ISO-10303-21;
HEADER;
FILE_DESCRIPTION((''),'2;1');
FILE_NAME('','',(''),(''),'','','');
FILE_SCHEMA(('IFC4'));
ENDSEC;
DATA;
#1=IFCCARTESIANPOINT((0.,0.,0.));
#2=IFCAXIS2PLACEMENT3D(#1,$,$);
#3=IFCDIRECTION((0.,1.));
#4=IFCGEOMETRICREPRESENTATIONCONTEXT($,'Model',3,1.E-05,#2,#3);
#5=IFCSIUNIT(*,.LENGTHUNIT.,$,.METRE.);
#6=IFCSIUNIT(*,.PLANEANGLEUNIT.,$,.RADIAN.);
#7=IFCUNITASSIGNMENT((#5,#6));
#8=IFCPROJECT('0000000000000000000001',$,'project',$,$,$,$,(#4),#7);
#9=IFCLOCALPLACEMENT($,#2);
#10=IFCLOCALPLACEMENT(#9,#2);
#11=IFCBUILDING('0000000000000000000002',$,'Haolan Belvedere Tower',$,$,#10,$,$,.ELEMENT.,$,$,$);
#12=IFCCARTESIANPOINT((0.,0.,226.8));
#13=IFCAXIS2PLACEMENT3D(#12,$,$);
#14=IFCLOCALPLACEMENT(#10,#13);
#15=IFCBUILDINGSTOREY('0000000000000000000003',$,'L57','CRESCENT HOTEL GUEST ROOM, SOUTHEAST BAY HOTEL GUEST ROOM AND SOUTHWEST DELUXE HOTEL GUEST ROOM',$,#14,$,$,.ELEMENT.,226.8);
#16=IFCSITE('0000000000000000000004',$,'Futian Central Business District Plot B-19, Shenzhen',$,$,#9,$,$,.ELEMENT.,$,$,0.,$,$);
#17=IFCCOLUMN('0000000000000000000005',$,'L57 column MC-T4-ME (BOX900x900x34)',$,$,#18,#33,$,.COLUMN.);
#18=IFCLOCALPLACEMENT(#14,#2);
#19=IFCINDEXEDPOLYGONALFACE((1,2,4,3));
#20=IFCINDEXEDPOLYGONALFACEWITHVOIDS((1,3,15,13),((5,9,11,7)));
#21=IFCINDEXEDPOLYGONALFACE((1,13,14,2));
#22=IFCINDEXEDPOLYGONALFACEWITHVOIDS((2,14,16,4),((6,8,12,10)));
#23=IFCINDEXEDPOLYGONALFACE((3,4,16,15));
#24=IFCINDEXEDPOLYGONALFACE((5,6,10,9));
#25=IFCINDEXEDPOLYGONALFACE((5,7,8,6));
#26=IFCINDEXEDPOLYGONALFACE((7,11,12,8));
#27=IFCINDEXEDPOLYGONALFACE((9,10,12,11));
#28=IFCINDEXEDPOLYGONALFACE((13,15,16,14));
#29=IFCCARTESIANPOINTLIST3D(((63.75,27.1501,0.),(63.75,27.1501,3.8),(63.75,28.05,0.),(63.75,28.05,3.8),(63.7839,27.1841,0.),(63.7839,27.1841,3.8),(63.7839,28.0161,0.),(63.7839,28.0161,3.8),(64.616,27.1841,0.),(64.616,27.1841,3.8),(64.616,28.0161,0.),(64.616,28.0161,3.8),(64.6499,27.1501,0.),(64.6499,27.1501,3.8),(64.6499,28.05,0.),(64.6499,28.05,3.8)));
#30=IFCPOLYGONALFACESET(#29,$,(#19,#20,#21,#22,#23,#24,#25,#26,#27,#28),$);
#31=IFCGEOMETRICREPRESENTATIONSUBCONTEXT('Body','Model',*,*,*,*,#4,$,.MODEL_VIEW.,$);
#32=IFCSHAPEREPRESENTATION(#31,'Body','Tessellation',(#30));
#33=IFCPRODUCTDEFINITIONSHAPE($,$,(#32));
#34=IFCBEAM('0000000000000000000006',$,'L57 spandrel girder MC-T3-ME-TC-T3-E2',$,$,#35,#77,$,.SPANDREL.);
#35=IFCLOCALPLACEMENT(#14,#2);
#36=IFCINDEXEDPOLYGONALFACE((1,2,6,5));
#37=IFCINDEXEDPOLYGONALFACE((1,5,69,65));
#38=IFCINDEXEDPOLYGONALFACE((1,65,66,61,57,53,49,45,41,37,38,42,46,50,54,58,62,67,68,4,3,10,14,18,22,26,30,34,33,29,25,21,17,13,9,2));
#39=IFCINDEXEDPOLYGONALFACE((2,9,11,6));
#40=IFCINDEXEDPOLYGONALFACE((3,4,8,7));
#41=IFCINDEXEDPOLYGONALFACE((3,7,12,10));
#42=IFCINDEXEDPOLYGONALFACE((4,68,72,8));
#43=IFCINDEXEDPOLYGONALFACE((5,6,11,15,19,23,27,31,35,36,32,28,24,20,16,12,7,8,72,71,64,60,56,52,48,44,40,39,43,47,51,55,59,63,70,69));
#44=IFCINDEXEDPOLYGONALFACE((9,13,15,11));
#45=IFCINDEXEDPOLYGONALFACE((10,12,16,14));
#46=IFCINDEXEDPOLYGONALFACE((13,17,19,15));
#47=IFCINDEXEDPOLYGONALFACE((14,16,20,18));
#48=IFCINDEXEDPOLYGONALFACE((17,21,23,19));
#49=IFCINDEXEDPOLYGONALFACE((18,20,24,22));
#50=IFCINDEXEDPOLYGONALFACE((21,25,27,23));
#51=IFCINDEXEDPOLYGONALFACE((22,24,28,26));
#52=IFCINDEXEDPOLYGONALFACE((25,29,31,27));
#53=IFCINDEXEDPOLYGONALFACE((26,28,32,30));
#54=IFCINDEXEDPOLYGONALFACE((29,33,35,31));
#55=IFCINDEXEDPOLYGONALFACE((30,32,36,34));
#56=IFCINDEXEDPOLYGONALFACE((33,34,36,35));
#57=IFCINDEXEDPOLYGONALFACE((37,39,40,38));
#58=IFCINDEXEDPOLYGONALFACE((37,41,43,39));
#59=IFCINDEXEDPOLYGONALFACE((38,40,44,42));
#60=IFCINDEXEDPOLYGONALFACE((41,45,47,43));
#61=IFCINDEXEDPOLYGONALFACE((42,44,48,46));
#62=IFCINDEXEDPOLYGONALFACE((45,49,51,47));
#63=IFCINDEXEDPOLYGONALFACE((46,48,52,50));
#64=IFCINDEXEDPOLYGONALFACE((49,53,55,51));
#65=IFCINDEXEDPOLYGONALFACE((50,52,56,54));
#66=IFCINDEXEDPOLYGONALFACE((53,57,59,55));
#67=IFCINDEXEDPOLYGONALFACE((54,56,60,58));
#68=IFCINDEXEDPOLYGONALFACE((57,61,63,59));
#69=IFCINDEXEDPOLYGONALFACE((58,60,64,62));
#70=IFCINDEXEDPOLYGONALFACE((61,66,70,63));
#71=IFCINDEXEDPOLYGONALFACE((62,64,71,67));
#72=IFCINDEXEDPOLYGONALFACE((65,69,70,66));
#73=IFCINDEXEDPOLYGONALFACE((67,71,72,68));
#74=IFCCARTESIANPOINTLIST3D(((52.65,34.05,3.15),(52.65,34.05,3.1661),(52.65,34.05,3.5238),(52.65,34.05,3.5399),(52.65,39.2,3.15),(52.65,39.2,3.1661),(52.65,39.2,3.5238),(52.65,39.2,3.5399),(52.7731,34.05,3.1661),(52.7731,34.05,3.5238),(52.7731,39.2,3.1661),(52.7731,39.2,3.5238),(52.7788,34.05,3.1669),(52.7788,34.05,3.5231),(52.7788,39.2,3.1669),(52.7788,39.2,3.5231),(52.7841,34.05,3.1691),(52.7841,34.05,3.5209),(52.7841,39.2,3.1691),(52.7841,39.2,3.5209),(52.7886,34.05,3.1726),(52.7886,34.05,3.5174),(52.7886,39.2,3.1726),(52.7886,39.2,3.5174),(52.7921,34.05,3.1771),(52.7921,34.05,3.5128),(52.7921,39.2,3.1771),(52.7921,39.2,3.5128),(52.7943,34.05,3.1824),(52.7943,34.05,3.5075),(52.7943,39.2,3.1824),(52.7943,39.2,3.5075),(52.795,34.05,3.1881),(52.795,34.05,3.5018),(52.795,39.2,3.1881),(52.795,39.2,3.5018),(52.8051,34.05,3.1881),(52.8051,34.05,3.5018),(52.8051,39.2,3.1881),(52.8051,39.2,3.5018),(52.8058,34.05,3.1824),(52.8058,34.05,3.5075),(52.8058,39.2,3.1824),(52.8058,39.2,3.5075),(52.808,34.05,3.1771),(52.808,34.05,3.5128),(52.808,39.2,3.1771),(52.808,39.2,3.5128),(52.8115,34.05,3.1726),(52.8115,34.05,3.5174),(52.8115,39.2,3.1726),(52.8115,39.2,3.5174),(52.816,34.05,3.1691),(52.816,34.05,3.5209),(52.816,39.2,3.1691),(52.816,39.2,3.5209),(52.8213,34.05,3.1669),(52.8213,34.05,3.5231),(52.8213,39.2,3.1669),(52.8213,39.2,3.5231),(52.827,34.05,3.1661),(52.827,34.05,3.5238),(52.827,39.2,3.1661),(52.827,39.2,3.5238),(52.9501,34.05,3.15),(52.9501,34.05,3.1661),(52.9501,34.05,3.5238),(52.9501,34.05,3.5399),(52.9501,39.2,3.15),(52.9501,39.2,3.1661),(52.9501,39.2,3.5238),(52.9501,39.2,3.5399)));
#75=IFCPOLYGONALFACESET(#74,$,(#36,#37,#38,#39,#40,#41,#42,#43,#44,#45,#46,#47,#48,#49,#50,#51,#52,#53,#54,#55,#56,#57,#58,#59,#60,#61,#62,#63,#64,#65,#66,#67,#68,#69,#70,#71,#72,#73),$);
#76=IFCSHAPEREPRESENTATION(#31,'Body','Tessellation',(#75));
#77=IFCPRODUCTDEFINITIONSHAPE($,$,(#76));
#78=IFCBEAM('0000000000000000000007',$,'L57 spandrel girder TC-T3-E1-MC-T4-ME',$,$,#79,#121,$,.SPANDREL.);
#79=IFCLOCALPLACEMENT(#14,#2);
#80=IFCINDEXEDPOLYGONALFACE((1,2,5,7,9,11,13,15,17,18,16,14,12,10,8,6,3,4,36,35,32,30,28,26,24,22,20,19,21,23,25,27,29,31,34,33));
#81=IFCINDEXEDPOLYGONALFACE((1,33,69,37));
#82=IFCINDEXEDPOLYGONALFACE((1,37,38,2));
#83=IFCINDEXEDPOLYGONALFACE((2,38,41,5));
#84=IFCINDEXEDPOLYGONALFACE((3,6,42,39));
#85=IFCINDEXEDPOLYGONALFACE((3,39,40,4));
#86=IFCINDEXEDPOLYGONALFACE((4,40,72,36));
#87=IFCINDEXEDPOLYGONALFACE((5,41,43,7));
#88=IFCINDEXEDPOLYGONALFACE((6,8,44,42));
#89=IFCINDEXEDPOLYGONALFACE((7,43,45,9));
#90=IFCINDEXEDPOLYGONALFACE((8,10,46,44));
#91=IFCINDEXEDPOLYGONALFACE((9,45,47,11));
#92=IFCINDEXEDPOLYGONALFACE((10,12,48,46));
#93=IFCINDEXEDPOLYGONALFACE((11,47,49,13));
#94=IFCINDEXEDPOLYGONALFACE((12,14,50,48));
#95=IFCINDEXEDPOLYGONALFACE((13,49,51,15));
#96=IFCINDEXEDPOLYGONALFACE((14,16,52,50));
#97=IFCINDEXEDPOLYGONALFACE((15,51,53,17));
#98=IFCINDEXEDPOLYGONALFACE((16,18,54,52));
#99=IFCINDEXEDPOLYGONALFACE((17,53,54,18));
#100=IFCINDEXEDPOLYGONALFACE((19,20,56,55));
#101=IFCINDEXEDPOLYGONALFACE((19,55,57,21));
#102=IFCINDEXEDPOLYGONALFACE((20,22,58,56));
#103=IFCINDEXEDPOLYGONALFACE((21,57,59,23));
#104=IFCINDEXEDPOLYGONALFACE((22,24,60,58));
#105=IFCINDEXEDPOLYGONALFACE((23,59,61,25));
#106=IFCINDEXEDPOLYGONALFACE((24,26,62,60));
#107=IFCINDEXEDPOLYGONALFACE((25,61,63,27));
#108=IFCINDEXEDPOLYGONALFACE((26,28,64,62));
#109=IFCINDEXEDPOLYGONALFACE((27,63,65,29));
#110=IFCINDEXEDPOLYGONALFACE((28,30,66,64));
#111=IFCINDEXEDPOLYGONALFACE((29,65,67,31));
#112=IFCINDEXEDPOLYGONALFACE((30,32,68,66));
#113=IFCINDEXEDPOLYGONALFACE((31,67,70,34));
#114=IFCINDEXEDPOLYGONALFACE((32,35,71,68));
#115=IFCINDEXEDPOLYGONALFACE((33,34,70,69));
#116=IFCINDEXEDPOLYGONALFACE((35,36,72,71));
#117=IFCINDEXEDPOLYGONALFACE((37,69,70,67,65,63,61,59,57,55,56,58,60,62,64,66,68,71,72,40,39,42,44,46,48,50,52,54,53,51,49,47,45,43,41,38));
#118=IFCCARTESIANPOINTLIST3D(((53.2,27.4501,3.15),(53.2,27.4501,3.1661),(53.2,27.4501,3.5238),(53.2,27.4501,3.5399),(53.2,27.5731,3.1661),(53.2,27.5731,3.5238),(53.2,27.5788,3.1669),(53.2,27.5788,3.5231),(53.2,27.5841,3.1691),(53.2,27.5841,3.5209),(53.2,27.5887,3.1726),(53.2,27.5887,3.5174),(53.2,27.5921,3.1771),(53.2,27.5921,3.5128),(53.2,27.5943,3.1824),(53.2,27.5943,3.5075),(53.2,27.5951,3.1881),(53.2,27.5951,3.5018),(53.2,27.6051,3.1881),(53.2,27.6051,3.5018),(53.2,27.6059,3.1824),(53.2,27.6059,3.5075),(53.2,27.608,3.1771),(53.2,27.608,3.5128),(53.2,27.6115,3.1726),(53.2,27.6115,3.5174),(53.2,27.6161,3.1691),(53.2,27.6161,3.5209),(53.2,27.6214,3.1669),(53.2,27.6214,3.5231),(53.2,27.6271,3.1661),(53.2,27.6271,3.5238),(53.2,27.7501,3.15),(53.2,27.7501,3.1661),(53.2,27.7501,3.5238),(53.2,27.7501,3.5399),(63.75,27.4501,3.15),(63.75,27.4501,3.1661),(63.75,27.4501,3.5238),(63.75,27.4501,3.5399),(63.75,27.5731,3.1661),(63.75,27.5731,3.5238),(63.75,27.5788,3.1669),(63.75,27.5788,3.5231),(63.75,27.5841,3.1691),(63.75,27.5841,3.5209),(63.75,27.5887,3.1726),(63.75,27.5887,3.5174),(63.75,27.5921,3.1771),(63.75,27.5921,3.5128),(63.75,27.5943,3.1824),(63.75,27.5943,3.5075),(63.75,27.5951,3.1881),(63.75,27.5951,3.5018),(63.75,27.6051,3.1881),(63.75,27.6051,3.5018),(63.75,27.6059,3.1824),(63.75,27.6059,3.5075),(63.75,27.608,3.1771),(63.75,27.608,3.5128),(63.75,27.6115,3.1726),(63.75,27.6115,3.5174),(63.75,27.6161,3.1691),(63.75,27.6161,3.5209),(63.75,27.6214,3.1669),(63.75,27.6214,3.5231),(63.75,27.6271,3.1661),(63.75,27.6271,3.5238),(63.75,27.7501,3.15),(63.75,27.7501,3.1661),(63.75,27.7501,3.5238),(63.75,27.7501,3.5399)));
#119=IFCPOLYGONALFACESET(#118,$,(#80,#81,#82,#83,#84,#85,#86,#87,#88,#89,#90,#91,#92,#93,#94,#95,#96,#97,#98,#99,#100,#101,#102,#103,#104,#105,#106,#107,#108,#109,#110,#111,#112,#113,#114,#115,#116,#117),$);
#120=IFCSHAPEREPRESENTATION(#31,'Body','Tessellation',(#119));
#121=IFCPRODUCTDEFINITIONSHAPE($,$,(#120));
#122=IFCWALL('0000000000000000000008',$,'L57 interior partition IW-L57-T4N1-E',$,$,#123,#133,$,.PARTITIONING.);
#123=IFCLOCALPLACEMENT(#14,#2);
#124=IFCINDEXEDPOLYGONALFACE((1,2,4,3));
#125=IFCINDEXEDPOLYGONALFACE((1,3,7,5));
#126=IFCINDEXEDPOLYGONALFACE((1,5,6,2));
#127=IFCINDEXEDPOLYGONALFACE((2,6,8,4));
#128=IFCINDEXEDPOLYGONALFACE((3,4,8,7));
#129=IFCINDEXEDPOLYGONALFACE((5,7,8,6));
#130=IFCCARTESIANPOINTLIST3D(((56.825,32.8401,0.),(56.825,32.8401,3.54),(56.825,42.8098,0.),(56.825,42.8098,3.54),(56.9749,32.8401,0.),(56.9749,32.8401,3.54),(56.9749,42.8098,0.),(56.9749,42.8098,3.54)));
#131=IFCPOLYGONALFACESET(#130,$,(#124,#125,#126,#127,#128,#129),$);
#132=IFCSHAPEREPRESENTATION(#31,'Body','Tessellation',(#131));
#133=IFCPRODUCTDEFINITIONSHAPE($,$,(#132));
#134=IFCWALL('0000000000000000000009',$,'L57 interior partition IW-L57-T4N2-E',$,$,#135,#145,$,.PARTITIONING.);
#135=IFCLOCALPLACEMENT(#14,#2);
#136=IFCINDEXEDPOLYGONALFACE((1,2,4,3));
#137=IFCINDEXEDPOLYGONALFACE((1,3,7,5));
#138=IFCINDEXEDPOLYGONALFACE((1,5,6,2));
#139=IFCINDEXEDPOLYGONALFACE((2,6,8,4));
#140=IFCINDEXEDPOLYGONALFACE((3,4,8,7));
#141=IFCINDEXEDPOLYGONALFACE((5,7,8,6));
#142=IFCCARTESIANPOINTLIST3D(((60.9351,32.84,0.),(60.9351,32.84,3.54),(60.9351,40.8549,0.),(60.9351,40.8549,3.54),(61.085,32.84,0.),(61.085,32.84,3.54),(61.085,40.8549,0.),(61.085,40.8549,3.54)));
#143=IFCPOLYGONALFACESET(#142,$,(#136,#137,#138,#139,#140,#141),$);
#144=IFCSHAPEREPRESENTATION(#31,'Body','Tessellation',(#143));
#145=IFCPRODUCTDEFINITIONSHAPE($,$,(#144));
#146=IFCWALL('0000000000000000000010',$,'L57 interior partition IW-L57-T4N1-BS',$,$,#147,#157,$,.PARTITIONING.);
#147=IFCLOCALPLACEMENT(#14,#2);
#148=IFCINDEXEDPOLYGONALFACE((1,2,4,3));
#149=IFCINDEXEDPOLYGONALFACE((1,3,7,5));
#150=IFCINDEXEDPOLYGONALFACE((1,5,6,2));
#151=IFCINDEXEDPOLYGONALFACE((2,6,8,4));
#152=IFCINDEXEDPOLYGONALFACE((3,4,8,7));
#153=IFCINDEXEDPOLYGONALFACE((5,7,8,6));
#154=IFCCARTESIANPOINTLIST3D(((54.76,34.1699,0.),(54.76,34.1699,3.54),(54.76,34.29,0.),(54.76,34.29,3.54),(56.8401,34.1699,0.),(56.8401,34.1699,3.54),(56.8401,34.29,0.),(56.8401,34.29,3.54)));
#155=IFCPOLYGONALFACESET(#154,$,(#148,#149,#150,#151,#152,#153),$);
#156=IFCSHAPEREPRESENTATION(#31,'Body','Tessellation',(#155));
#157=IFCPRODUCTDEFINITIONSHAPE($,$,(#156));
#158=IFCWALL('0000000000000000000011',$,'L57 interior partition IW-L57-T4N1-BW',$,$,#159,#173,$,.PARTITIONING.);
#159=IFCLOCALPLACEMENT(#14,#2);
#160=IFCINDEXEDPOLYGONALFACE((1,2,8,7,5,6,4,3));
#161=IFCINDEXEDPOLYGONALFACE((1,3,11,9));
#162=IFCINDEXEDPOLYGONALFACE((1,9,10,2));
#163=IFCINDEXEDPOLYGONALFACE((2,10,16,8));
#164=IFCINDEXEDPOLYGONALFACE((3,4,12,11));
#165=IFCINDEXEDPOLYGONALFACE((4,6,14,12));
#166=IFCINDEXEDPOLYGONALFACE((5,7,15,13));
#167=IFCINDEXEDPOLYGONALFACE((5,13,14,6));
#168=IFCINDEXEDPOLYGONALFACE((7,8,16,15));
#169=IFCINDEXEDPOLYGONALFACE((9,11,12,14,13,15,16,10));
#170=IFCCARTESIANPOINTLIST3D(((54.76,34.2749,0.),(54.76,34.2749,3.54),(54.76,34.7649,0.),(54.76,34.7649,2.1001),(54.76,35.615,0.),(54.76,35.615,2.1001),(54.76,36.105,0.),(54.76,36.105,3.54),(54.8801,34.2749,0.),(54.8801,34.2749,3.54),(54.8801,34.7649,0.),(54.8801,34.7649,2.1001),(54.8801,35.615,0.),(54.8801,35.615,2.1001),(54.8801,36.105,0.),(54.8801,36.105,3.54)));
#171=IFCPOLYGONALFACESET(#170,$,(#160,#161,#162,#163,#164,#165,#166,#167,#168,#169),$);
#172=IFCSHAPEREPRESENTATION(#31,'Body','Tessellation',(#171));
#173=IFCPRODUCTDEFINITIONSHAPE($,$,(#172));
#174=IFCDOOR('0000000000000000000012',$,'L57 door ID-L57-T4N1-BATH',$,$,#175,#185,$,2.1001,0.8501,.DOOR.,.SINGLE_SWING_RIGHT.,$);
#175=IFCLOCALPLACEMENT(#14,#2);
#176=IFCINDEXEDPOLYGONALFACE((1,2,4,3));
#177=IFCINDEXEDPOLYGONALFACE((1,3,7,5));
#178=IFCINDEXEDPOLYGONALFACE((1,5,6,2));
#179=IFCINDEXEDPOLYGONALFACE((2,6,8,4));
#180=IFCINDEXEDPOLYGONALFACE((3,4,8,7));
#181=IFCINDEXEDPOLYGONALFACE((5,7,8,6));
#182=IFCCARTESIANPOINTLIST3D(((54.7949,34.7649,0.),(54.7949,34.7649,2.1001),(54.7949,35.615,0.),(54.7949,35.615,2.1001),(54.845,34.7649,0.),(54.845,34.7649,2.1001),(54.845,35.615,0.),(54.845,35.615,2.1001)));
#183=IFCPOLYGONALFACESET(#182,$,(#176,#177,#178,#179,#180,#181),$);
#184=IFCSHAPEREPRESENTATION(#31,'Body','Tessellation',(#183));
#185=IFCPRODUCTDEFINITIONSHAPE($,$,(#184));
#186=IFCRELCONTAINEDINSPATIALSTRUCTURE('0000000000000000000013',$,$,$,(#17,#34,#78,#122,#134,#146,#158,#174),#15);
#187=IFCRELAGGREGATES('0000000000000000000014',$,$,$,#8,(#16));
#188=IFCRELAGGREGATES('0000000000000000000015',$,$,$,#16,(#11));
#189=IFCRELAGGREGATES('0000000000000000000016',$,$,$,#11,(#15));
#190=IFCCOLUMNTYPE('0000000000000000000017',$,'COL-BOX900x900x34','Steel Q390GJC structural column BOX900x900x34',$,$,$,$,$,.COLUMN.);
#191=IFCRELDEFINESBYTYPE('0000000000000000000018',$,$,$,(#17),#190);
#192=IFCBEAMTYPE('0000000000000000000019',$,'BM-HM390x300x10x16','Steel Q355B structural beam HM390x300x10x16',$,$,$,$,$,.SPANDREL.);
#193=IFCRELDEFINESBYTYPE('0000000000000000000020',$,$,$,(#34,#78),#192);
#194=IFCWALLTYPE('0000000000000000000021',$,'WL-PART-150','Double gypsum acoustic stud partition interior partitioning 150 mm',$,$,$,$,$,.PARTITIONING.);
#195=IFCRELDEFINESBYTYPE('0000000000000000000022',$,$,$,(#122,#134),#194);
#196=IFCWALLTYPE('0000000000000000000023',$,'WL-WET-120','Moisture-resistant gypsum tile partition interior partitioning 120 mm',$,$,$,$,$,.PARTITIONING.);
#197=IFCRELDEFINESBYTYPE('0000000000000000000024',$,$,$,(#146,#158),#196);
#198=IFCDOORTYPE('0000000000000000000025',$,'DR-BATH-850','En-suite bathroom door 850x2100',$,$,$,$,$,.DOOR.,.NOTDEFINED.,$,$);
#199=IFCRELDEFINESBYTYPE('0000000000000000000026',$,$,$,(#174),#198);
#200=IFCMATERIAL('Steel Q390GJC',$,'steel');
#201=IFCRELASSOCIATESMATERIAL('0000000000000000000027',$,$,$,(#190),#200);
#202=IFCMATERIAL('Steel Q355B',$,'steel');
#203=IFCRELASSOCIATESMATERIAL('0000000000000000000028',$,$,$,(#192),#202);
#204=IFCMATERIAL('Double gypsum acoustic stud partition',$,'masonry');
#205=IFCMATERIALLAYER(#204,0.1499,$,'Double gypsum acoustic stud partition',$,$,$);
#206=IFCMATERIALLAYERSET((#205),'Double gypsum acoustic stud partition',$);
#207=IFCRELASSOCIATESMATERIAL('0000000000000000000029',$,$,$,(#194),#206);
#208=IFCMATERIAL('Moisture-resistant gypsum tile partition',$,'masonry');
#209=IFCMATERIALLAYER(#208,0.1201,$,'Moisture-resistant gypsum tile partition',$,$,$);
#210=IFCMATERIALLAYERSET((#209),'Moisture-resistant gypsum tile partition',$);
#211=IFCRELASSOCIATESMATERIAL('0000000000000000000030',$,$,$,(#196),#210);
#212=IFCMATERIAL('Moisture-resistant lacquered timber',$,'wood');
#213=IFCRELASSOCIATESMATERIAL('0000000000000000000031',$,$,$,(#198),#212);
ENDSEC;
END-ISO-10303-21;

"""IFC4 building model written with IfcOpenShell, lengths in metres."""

from ifc_helpers import new_model, si_unit, direction, frame, frame_2d, origin, origin_2d, place, context, subcontext, project, spatial, rectangle, hollow_rectangle, i_section, extrude, material, layer, layer_set, material_profile, profile_set, type_object, element, fill, save


model = new_model("IFC4")

# Units and contexts
model_context = context("Model", 3, precision=1e-05, world=origin(), true_north=direction((0.0, 1.0)))
body_context = subcontext(model_context, "Body", "Model", "MODEL_VIEW")
ifc_project = project(units=[si_unit("LENGTHUNIT", "METRE"), si_unit("PLANEANGLEUNIT", "RADIAN")], contexts=[model_context])

# Site, building, storey
site_placement = place(None, origin())
site = spatial("IfcSite", under=ifc_project, at=site_placement, Name="Futian Central Business District Plot B-19, Shenzhen", CompositionType="ELEMENT", RefElevation=0.0)
building_placement = place(site_placement, origin())
building = spatial("IfcBuilding", under=site, at=building_placement, Name="Haolan Belvedere Tower", CompositionType="ELEMENT")
storey_placement = place(building_placement, frame((0.0, 0.0, 226.8)))
storey = spatial("IfcBuildingStorey", under=building, at=storey_placement, Name="L57", Description="CRESCENT HOTEL GUEST ROOM, SOUTHEAST BAY HOTEL GUEST ROOM AND SOUTHWEST DELUXE HOTEL GUEST ROOM", CompositionType="ELEMENT", Elevation=226.8)

# Column
ifc_material_1 = material(Name="Steel Q390GJC", Category="steel")
ifc_material_profile_1 = material_profile(ifc_material_1, hollow_rectangle(XDim=0.8999, YDim=0.8999, WallThickness=0.0339, at=origin_2d()), Name="Steel Q390GJC")
ifc_profile_set_1 = profile_set([ifc_material_profile_1], Name="Steel Q390GJC")
column_type = type_object("IfcColumnType", Name="COL-BOX900x900x34", Description="Steel Q390GJC structural column BOX900x900x34", PredefinedType="COLUMN", material=ifc_profile_set_1)
column_placement = place(storey_placement, frame((64.2, 27.6001, 0.0), z_axis=(0.0, 0.0, 1.0), x_axis=(1.0, 0.0, 0.0)))
element("IfcColumn", 1, at=column_placement, inside=storey, type_object=column_type, Name="L57 column MC-T4-ME (BOX900x900x34)", PredefinedType="COLUMN", context=body_context, shape_type="SweptSolid", body=[
    extrude(hollow_rectangle(XDim=0.8999, YDim=0.8999, WallThickness=0.0339, at=origin_2d()), origin(), (0.0, 0.0, 1.0), 3.8),
])

# Beams
ifc_material_2 = material(Name="Steel Q355B", Category="steel")
ifc_material_profile_2 = material_profile(ifc_material_2, i_section(OverallWidth=0.3, OverallDepth=0.3899, WebThickness=0.01, FlangeThickness=0.0161, FilletRadius=0.022, at=origin_2d()), Name="Steel Q355B")
ifc_profile_set_2 = profile_set([ifc_material_profile_2], Name="Steel Q355B")
beam_type = type_object("IfcBeamType", Name="BM-HM390x300x10x16", Description="Steel Q355B structural beam HM390x300x10x16", PredefinedType="SPANDREL", material=ifc_profile_set_2)
beam_1_placement = place(storey_placement, frame((52.8, 34.05, 3.345), z_axis=(0.0, 1.0, 0.0), x_axis=(-1.0, 0.0, 0.0)))
element("IfcBeam", 2, at=beam_1_placement, inside=storey, type_object=beam_type, Name="L57 spandrel girder MC-T3-ME-TC-T3-E2", PredefinedType="SPANDREL", context=body_context, shape_type="SweptSolid", body=[
    extrude(i_section(OverallWidth=0.3, OverallDepth=0.3899, WebThickness=0.01, FlangeThickness=0.0161, FilletRadius=0.022, at=origin_2d()), origin(), (0.0, 0.0, 1.0), 5.1499),
])
beam_2_placement = place(storey_placement, frame((53.2, 27.6001, 3.345), z_axis=(1.0, 0.0, 0.0), x_axis=(0.0, 1.0, 0.0)))
element("IfcBeam", 3, at=beam_2_placement, inside=storey, type_object=beam_type, Name="L57 spandrel girder TC-T3-E1-MC-T4-ME", PredefinedType="SPANDREL", context=body_context, shape_type="SweptSolid", body=[
    extrude(i_section(OverallWidth=0.3, OverallDepth=0.3899, WebThickness=0.01, FlangeThickness=0.0161, FilletRadius=0.022, at=origin_2d()), origin(), (0.0, 0.0, 1.0), 10.55),
])

# Wall
ifc_material_3 = material(Name="Double gypsum acoustic stud partition", Category="masonry")
ifc_layer_1 = layer(ifc_material_3, 0.1499, Name="Double gypsum acoustic stud partition")
ifc_layer_set_1 = layer_set([ifc_layer_1], Name="Double gypsum acoustic stud partition")
wall_type_1 = type_object("IfcWallType", Name="WL-PART-150", Description="Double gypsum acoustic stud partition interior partitioning 150 mm", PredefinedType="PARTITIONING", material=ifc_layer_set_1)
wall_1_placement = place(storey_placement, frame((56.8999, 32.8401, 0.0), z_axis=(0.0, 0.0, 1.0), x_axis=(0.0, 1.0, 0.0)))
element("IfcWall", 4, at=wall_1_placement, inside=storey, type_object=wall_type_1, Name="L57 interior partition IW-L57-T4N1-E", PredefinedType="PARTITIONING", context=body_context, shape_type="SweptSolid", body=[
    extrude(rectangle(XDim=9.9697, YDim=0.1499, at=frame_2d((4.9849, 0.0))), origin(), (0.0, 0.0, 1.0), 3.54),
])

# Wall
wall_2_placement = place(storey_placement, frame((61.01, 32.8401, 0.0), z_axis=(0.0, 0.0, 1.0), x_axis=(0.0, 1.0, 0.0)))
element("IfcWall", 5, at=wall_2_placement, inside=storey, type_object=wall_type_1, Name="L57 interior partition IW-L57-T4N2-E", PredefinedType="PARTITIONING", context=body_context, shape_type="SweptSolid", body=[
    extrude(rectangle(XDim=8.0149, YDim=0.1499, at=frame_2d((4.0073, 0.0))), origin(), (0.0, 0.0, 1.0), 3.54),
])

# Wall
ifc_material_4 = material(Name="Moisture-resistant gypsum tile partition", Category="masonry")
ifc_layer_2 = layer(ifc_material_4, 0.1201, Name="Moisture-resistant gypsum tile partition")
ifc_layer_set_2 = layer_set([ifc_layer_2], Name="Moisture-resistant gypsum tile partition")
wall_type_2 = type_object("IfcWallType", Name="WL-WET-120", Description="Moisture-resistant gypsum tile partition interior partitioning 120 mm", PredefinedType="PARTITIONING", material=ifc_layer_set_2)
wall_3_placement = place(storey_placement, frame((54.76, 34.23, 0.0), z_axis=(0.0, 0.0, 1.0), x_axis=(1.0, 0.0, 0.0)))
element("IfcWall", 6, at=wall_3_placement, inside=storey, type_object=wall_type_2, Name="L57 interior partition IW-L57-T4N1-BS", PredefinedType="PARTITIONING", context=body_context, shape_type="SweptSolid", body=[
    extrude(rectangle(XDim=2.0801, YDim=0.1201, at=frame_2d((1.04, 0.0))), origin(), (0.0, 0.0, 1.0), 3.54),
])

# Wall, opening, door
wall_4_placement = place(storey_placement, frame((54.8201, 34.2749, 0.0), z_axis=(0.0, 0.0, 1.0), x_axis=(0.0, 1.0, 0.0)))
wall_4 = element("IfcWall", 7, at=wall_4_placement, inside=storey, type_object=wall_type_2, Name="L57 interior partition IW-L57-T4N1-BW", PredefinedType="PARTITIONING", context=body_context, shape_type="SweptSolid", body=[
    extrude(rectangle(XDim=1.8301, YDim=0.1201, at=frame_2d((0.915, 0.0))), origin(), (0.0, 0.0, 1.0), 3.54),
])
opening_1_placement = place(wall_4_placement, frame((1.3401, 0.0, 0.0), z_axis=(0.0, 0.0, 1.0), x_axis=(-1.0, 0.0, 0.0)))
opening_1 = element("IfcOpeningElement", 8, at=opening_1_placement, cuts=wall_4, PredefinedType="OPENING", context=body_context, shape_type="SweptSolid", body=[
    extrude(rectangle(XDim=0.8501, YDim=2.1001, at=frame_2d((0.425, 1.05))), frame((0.0, 0.0701, 0.0), z_axis=(0.0, -1.0, 0.0), x_axis=(1.0, 0.0, 0.0)), (0.0, 0.0, 1.0), 0.1401),
])
ifc_material_5 = material(Name="Moisture-resistant lacquered timber", Category="wood")
door_type_1 = type_object("IfcDoorType", Name="DR-BATH-850", Description="En-suite bathroom door 850x2100", OperationType="NOTDEFINED", PredefinedType="DOOR", material=ifc_material_5)
door_1_placement = place(opening_1_placement, origin())
door_1 = element("IfcDoor", 9, at=door_1_placement, inside=storey, type_object=door_type_1, Name="L57 door ID-L57-T4N1-BATH", OperationType="SINGLE_SWING_RIGHT", OverallHeight=2.1001, OverallWidth=0.8501, PredefinedType="DOOR", context=body_context, shape_type="SweptSolid", body=[
    extrude(rectangle(XDim=0.8501, YDim=2.1001, at=frame_2d((0.425, 1.05))), frame((0.0, 0.0249, 0.0), z_axis=(0.0, -1.0, 0.0), x_axis=(1.0, 0.0, 0.0)), (0.0, 0.0, 1.0), 0.05),
])
fill(opening_1, door_1)

save(model, "model.ifc")
